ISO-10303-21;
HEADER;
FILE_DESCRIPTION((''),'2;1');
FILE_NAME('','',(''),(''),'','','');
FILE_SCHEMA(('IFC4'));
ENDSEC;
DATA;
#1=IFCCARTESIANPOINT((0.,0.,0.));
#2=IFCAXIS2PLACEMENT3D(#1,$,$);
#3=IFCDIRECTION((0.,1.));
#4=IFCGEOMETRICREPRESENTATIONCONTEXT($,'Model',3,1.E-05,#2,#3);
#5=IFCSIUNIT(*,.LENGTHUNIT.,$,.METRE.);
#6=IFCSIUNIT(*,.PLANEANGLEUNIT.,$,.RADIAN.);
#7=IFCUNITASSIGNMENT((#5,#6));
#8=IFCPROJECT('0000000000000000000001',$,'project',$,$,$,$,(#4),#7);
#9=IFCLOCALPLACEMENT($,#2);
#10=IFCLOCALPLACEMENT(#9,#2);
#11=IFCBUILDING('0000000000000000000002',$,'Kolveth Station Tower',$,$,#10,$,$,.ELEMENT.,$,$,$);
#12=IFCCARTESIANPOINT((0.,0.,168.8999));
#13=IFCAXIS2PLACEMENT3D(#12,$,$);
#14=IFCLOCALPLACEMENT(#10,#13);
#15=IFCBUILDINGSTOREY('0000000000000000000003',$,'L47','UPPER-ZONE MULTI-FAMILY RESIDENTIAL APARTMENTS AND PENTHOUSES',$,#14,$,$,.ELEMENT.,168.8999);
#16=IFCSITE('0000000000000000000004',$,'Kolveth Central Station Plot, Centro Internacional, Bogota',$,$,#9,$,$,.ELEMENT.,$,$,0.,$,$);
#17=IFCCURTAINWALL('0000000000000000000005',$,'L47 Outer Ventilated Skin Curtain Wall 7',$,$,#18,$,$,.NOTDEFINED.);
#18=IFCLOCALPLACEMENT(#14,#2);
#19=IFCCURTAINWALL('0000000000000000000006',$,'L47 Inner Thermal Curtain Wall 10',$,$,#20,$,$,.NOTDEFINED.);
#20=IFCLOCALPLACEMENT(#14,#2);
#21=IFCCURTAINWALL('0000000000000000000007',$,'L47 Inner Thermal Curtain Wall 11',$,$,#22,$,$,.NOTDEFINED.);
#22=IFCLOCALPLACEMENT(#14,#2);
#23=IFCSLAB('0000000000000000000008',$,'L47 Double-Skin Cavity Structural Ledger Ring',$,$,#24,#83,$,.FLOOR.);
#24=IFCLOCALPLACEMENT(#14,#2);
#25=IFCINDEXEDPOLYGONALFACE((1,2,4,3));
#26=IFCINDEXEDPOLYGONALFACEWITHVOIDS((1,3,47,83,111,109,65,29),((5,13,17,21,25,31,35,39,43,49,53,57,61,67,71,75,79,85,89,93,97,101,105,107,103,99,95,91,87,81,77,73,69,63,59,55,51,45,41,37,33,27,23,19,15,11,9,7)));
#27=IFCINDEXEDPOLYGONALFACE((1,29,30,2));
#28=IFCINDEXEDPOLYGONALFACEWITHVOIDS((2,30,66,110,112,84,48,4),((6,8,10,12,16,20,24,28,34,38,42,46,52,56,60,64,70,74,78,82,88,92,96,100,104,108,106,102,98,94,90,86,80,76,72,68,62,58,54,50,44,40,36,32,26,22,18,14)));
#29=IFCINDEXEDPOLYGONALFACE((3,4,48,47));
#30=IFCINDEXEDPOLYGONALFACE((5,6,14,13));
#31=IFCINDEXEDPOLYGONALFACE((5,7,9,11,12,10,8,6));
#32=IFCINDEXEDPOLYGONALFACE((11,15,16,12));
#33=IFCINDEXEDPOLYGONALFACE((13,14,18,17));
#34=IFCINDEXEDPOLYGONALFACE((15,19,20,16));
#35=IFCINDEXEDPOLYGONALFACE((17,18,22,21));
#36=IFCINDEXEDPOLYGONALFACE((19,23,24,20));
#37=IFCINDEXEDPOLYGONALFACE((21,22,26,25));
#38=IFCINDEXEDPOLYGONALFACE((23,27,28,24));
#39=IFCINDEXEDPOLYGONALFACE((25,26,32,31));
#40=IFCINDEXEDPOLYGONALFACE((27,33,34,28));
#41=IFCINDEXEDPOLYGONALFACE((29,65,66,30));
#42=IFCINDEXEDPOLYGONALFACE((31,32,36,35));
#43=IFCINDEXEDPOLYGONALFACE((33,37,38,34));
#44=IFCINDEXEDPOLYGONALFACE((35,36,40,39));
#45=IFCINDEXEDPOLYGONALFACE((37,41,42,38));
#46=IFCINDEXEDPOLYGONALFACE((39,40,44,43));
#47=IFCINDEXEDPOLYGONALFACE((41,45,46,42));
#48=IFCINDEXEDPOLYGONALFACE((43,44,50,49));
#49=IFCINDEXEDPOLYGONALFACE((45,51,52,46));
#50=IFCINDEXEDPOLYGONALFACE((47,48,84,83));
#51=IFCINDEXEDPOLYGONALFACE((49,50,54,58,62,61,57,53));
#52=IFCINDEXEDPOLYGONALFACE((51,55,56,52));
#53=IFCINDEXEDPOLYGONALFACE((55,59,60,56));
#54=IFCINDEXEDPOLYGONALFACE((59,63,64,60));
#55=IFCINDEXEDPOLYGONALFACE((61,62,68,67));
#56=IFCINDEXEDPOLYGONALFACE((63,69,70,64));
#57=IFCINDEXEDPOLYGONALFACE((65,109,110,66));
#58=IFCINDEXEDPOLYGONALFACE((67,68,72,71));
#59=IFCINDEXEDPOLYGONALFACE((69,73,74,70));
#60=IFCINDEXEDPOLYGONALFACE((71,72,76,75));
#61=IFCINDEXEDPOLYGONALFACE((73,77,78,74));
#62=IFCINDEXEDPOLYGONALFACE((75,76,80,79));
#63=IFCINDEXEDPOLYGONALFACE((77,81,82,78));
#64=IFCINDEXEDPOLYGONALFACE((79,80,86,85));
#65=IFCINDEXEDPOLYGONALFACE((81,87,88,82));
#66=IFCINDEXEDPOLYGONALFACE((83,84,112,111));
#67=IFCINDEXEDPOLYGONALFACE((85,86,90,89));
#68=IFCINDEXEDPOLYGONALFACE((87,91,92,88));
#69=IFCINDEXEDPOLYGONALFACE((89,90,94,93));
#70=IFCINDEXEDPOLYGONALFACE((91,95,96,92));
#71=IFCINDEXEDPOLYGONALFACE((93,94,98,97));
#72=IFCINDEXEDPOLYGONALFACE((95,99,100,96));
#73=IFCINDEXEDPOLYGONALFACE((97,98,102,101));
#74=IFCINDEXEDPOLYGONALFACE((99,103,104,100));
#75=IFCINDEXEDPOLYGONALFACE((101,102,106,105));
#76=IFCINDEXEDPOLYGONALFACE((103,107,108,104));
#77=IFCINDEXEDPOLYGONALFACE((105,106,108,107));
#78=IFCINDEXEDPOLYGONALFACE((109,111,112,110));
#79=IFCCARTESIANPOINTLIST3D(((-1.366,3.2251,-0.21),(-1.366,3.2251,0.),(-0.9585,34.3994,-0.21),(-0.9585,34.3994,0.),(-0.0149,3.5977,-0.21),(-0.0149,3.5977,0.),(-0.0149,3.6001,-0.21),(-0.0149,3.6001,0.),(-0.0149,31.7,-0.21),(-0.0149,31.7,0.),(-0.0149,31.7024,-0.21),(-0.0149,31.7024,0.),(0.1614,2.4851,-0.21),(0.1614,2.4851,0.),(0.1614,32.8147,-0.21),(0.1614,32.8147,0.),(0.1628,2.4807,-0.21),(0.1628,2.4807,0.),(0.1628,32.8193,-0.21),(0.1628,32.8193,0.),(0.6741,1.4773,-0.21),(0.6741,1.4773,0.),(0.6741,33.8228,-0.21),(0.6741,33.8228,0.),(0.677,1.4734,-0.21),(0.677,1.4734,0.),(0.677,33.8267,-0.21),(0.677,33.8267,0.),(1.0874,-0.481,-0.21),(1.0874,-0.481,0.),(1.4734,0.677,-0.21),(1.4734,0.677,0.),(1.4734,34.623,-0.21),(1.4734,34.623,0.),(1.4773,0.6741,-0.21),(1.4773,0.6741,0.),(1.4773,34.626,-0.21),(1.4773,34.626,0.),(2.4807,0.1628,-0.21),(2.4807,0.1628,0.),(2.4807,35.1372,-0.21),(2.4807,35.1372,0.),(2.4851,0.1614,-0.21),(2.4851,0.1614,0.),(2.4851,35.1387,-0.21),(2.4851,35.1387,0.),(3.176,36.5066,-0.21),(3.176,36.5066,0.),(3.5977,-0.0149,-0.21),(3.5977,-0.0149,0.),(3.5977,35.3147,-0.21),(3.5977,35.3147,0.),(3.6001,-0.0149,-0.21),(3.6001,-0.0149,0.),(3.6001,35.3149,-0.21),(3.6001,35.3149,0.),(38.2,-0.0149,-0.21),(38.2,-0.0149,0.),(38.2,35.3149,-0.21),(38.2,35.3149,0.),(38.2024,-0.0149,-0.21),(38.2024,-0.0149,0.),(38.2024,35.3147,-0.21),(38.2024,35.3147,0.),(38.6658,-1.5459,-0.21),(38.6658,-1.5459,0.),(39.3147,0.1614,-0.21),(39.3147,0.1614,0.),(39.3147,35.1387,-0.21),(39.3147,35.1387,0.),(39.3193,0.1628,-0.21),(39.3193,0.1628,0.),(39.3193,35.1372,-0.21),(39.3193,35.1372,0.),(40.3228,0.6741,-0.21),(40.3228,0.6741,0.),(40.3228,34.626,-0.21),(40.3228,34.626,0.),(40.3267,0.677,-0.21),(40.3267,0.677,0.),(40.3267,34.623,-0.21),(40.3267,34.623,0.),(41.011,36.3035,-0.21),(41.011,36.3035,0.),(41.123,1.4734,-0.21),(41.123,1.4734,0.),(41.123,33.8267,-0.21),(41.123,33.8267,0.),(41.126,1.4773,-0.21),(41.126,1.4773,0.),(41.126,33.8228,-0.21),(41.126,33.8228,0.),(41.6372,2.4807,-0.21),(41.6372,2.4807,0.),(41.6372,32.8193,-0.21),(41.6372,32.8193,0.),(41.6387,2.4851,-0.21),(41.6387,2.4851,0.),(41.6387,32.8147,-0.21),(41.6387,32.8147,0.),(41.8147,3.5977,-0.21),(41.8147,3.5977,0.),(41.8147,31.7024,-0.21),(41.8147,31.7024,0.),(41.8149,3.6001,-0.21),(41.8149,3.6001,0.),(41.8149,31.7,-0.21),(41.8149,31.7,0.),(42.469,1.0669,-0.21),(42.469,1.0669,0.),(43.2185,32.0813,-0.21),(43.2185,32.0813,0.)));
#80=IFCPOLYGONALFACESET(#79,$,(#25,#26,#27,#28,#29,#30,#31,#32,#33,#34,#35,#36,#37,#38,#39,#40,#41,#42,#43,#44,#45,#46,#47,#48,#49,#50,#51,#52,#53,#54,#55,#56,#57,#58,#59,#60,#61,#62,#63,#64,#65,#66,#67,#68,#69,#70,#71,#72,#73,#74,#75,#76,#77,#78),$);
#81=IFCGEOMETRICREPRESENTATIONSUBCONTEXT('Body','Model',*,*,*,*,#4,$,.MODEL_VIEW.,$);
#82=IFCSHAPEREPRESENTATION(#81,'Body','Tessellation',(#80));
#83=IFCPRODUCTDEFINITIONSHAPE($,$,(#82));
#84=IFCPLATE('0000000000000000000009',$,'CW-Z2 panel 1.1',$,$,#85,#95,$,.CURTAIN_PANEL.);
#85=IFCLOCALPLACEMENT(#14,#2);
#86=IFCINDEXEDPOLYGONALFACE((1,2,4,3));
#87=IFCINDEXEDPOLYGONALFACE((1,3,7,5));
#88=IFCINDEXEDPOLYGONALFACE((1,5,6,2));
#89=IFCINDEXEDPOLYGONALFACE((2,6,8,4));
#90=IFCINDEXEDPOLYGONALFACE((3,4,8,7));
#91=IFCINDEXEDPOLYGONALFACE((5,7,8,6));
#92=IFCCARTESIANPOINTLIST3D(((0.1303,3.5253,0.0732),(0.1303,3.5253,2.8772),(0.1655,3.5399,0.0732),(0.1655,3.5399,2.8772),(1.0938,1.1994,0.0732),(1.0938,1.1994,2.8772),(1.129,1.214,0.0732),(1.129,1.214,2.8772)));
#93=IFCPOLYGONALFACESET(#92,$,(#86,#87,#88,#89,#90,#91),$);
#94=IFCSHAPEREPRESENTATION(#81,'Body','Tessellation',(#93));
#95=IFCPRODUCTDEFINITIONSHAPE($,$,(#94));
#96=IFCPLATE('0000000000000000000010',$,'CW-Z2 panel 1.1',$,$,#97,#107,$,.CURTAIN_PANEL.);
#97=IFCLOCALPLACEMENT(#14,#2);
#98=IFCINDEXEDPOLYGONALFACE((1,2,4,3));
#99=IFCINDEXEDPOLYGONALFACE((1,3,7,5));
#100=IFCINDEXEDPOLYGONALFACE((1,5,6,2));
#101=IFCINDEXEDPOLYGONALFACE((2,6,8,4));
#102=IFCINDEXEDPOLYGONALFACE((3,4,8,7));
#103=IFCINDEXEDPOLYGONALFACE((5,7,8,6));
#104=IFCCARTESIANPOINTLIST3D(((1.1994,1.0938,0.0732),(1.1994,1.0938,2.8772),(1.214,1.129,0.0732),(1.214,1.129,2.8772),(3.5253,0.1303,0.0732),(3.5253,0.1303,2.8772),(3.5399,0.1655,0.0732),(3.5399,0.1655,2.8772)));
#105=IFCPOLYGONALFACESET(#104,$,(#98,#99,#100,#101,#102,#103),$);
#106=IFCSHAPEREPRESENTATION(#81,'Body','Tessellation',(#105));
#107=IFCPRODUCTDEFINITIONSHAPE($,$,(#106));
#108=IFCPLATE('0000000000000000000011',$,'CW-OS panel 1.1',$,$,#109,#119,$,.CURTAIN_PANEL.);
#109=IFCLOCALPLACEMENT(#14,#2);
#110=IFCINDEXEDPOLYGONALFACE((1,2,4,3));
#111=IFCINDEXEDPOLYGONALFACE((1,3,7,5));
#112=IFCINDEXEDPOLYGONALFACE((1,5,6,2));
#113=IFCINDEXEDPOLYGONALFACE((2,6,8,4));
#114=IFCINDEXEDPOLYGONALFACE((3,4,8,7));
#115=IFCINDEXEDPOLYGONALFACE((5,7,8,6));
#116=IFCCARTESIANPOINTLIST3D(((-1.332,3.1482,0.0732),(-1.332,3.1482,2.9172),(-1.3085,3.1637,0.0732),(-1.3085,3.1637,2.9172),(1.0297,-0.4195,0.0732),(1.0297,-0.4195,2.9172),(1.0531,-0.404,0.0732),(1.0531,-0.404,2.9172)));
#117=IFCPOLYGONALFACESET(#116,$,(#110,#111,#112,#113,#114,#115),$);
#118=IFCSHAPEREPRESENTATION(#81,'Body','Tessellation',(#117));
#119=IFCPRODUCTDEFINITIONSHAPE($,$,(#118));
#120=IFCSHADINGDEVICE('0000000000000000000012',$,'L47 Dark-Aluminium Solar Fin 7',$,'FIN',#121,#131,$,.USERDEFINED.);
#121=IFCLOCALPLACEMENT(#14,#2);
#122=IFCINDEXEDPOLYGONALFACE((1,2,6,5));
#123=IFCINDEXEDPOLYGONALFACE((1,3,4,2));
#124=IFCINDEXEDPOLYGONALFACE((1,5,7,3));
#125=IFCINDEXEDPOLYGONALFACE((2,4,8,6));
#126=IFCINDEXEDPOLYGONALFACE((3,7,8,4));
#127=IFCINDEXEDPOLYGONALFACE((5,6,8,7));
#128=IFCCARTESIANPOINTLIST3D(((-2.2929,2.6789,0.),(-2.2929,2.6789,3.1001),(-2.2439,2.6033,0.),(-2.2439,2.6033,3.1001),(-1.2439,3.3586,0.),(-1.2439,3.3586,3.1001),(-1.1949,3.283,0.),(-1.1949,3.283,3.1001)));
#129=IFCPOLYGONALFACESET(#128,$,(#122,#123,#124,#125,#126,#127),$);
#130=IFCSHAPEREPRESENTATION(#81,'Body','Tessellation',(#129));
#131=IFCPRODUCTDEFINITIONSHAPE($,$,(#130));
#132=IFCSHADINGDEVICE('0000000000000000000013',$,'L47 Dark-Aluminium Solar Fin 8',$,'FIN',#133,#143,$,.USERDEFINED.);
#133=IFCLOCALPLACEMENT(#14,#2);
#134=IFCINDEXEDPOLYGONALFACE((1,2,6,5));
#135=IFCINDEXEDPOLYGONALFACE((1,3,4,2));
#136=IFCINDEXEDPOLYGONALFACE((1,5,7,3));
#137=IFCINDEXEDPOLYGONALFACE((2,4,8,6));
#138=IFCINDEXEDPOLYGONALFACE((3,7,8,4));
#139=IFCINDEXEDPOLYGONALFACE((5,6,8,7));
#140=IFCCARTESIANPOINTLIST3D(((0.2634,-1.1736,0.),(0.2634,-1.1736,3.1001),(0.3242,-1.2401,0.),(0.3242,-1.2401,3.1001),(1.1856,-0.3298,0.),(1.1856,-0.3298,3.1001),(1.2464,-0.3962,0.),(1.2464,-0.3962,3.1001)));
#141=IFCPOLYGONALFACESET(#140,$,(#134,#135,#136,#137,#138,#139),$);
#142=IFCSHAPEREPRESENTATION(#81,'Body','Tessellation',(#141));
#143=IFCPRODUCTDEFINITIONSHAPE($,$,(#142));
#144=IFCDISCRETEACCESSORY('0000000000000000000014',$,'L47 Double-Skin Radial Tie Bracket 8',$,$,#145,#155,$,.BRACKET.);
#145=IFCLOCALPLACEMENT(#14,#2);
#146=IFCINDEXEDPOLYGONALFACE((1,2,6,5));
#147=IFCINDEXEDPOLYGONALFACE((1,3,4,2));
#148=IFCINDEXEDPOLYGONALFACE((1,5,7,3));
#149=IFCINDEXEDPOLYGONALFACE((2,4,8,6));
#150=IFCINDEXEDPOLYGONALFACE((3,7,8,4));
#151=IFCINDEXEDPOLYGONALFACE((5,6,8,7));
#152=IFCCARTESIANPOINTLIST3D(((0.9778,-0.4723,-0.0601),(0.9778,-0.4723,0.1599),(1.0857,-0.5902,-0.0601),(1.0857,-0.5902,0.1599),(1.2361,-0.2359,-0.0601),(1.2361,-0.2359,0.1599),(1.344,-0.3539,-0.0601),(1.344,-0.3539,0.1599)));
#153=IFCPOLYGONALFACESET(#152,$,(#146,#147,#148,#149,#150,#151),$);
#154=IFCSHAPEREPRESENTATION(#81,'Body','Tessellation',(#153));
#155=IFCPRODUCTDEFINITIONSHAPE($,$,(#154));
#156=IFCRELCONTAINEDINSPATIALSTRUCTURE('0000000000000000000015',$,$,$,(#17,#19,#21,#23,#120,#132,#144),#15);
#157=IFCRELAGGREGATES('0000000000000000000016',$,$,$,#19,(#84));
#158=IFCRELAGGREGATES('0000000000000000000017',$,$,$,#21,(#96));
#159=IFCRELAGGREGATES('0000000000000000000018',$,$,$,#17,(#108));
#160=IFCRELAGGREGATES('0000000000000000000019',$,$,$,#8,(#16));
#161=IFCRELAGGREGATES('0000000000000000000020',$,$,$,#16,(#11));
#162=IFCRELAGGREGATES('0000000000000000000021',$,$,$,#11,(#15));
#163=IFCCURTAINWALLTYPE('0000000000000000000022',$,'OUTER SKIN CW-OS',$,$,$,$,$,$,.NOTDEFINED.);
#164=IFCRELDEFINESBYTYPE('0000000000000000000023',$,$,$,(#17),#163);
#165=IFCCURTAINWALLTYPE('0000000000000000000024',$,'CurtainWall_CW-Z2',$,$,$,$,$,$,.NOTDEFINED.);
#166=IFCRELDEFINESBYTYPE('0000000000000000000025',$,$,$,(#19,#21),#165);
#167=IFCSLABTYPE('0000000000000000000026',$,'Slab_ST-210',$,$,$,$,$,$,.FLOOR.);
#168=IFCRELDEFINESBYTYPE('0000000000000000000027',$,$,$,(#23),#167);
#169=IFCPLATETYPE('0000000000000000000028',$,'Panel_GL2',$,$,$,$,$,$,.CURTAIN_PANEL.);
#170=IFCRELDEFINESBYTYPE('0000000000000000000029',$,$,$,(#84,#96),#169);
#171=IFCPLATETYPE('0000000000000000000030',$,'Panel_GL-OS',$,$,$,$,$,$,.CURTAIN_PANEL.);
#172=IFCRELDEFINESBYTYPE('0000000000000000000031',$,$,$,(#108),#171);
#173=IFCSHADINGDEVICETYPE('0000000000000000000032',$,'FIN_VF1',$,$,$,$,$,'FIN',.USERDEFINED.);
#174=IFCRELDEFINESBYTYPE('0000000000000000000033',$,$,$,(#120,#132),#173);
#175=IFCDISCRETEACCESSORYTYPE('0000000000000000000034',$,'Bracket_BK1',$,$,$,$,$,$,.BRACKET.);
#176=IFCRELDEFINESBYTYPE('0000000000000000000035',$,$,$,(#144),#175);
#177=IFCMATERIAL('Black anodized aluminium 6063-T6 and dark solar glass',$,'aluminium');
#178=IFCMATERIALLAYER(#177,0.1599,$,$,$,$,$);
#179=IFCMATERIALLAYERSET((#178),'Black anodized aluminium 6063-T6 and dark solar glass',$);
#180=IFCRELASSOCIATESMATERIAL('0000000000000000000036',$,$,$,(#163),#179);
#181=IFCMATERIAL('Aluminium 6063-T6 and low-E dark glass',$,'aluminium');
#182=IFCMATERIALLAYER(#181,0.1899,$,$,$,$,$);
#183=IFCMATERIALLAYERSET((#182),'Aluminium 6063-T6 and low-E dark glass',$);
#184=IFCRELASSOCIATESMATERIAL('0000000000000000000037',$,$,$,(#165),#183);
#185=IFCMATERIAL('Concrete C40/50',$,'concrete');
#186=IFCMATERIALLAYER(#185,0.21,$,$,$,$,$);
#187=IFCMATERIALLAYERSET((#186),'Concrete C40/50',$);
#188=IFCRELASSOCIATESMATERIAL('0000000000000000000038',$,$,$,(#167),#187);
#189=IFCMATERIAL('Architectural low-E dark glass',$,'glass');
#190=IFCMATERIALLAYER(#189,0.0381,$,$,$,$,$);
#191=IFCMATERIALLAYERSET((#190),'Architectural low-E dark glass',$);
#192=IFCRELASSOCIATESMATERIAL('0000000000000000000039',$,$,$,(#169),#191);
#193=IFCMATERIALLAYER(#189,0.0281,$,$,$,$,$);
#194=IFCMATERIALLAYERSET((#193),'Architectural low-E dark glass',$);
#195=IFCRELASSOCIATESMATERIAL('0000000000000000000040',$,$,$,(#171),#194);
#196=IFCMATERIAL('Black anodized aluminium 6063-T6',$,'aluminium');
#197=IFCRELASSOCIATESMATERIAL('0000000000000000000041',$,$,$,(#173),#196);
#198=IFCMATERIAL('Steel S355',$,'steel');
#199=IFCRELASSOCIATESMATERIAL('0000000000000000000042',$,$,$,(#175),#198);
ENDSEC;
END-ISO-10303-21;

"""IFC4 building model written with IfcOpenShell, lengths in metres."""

from ifc_helpers import new_model, si_unit, direction, frame, origin, origin_2d, place, context, subcontext, project, spatial, polyline, rectangle, outline, extrude, source, transform, mapped, material, layer, layer_set, type_object, element, aggregate, save


model = new_model("IFC4")

# Units and contexts
model_context = context("Model", 3, precision=1e-05, world=origin(), true_north=direction((0.0, 1.0)))
body_context = subcontext(model_context, "Body", "Model", "MODEL_VIEW")
ifc_project = project(units=[si_unit("LENGTHUNIT", "METRE"), si_unit("PLANEANGLEUNIT", "RADIAN")], contexts=[model_context])

# Site, building, storey
site_placement = place(None, origin())
site = spatial("IfcSite", under=ifc_project, at=site_placement, Name="Kolveth Central Station Plot, Centro Internacional, Bogota", CompositionType="ELEMENT", RefElevation=0.0)
building_placement = place(site_placement, origin())
building = spatial("IfcBuilding", under=site, at=building_placement, Name="Kolveth Station Tower", CompositionType="ELEMENT")
storey_placement = place(building_placement, frame((0.0, 0.0, 168.8999)))
storey = spatial("IfcBuildingStorey", under=building, at=storey_placement, Name="L47", Description="UPPER-ZONE MULTI-FAMILY RESIDENTIAL APARTMENTS AND PENTHOUSES", CompositionType="ELEMENT", Elevation=168.8999)

# Curtain walls
ifc_material_1 = material(Name="Black anodized aluminium 6063-T6 and dark solar glass", Category="aluminium")
ifc_layer_1 = layer(ifc_material_1, 0.1599)
ifc_layer_set_1 = layer_set([ifc_layer_1], Name="Black anodized aluminium 6063-T6 and dark solar glass")
curtain_wall_type_1 = type_object("IfcCurtainWallType", Name="OUTER SKIN CW-OS", PredefinedType="NOTDEFINED", material=ifc_layer_set_1)
curtain_wall_1_placement = place(storey_placement, origin())
curtain_wall_1 = element("IfcCurtainWall", 1, at=curtain_wall_1_placement, inside=storey, type_object=curtain_wall_type_1, Name="L47 Outer Ventilated Skin Curtain Wall 7", PredefinedType="NOTDEFINED")
ifc_material_2 = material(Name="Black anodized aluminium 6063-T6", Category="aluminium")
ifc_material_3 = material(Name="Aluminium 6063-T6 and low-E dark glass", Category="aluminium")
ifc_layer_2 = layer(ifc_material_3, 0.1899)
ifc_layer_set_2 = layer_set([ifc_layer_2], Name="Aluminium 6063-T6 and low-E dark glass")
curtain_wall_type_2 = type_object("IfcCurtainWallType", Name="CurtainWall_CW-Z2", PredefinedType="NOTDEFINED", material=ifc_layer_set_2)
curtain_wall_2_placement = place(storey_placement, origin())
curtain_wall_2 = element("IfcCurtainWall", 2, at=curtain_wall_2_placement, inside=storey, type_object=curtain_wall_type_2, Name="L47 Inner Thermal Curtain Wall 10", PredefinedType="NOTDEFINED")

# Curtain wall
curtain_wall_3_placement = place(storey_placement, origin())
curtain_wall_3 = element("IfcCurtainWall", 3, at=curtain_wall_3_placement, inside=storey, type_object=curtain_wall_type_2, Name="L47 Inner Thermal Curtain Wall 11", PredefinedType="NOTDEFINED")

# Shared definitions
ifc_material_4 = material(Name="Concrete C40/50", Category="concrete")

# Slab
ifc_layer_3 = layer(ifc_material_4, 0.21)
ifc_layer_set_3 = layer_set([ifc_layer_3], Name="Concrete C40/50")
slab_type_1 = type_object("IfcSlabType", Name="Slab_ST-210", PredefinedType="FLOOR", material=ifc_layer_set_3)
slab_1_placement = place(storey_placement, frame((0.0, 0.0, -0.21)))
element("IfcSlab", 4, at=slab_1_placement, inside=storey, type_object=slab_type_1, Name="L47 Double-Skin Cavity Structural Ledger Ring", PredefinedType="FLOOR", context=body_context, shape_type="SweptSolid", body=[
    extrude(outline(polyline([(1.0874, -0.481), (-1.366, 3.2251), (-0.9585, 34.3994), (3.176, 36.5066), (41.011, 36.3035), (43.2185, 32.0813), (42.469, 1.0669), (38.6658, -1.5459), (1.0874, -0.481)]), holes=[polyline([(38.2024, -0.0149), (39.3147, 0.1614), (39.3193, 0.1628), (40.3228, 0.6741), (40.3267, 0.677), (41.123, 1.4734), (41.126, 1.4773), (41.6372, 2.4807), (41.6387, 2.4851), (41.8147, 3.5977), (41.8149, 3.6001), (41.8149, 31.7), (41.8147, 31.7024), (41.6387, 32.8147), (41.6372, 32.8193), (41.126, 33.8228), (41.123, 33.8267), (40.3267, 34.623), (40.3228, 34.626), (39.3193, 35.1372), (39.3147, 35.1387), (38.2024, 35.3147), (38.2, 35.3149), (3.6001, 35.3149), (3.5977, 35.3147), (2.4851, 35.1387), (2.4807, 35.1372), (1.4773, 34.626), (1.4734, 34.623), (0.677, 33.8267), (0.6741, 33.8228), (0.1628, 32.8193), (0.1614, 32.8147), (-0.0149, 31.7024), (-0.0149, 31.7), (-0.0149, 3.6001), (-0.0149, 3.5977), (0.1614, 2.4851), (0.1628, 2.4807), (0.6741, 1.4773), (0.677, 1.4734), (1.4734, 0.677), (1.4773, 0.6741), (2.4807, 0.1628), (2.4851, 0.1614), (3.5977, -0.0149), (3.6001, -0.0149), (38.2, -0.0149), (38.2024, -0.0149)])]), origin(), (0.0, 0.0, 1.0), 0.21),
])

# Plates
ifc_material_5 = material(Name="Architectural low-E dark glass", Category="glass")
ifc_layer_4 = layer(ifc_material_5, 0.0381)
ifc_layer_set_4 = layer_set([ifc_layer_4], Name="Architectural low-E dark glass")
plate_type_1 = type_object("IfcPlateType", Name="Panel_GL2", PredefinedType="CURTAIN_PANEL", material=ifc_layer_set_4)
shared_shape_1 = source(origin(), body_context, "Body", "SweptSolid", [
    extrude(rectangle(XDim=2.5176, YDim=0.0381, at=origin_2d()), origin(), (0.0, 0.0, 1.0), 2.804),
])
plate_1_placement = place(storey_placement, frame((0.6296, 2.3696, 0.0732), z_axis=(0.0, 0.0, 1.0), x_axis=(0.382698, -0.923874, 0.0)))
plate_1 = element("IfcPlate", 5, at=plate_1_placement, type_object=plate_type_1, Name="CW-Z2 panel 1.1", PredefinedType="CURTAIN_PANEL", context=body_context, shape_type="MappedRepresentation", body=[
    mapped(shared_shape_1, transform((0.0, 0.0, 0.0), x_axis=(1.0, 0.0, 0.0), y_axis=(0.0, 1.0, 0.0), z_axis=(0.0, 0.0, 1.0), scale=1.0)),
])
aggregate(curtain_wall_2, [plate_1])
plate_2_placement = place(storey_placement, frame((2.3696, 0.6296, 0.0732), z_axis=(0.0, 0.0, 1.0), x_axis=(0.923874, -0.382698, 0.0)))
plate_2 = element("IfcPlate", 6, at=plate_2_placement, type_object=plate_type_1, Name="CW-Z2 panel 1.1", PredefinedType="CURTAIN_PANEL", context=body_context, shape_type="MappedRepresentation", body=[
    mapped(shared_shape_1, transform((0.0, 0.0, 0.0), x_axis=(1.0, 0.0, 0.0), y_axis=(0.0, 1.0, 0.0), z_axis=(0.0, 0.0, 1.0), scale=1.0)),
])
aggregate(curtain_wall_3, [plate_2])
ifc_layer_5 = layer(ifc_material_5, 0.0281)
ifc_layer_set_5 = layer_set([ifc_layer_5], Name="Architectural low-E dark glass")
plate_type_2 = type_object("IfcPlateType", Name="Panel_GL-OS", PredefinedType="CURTAIN_PANEL", material=ifc_layer_set_5)
shared_shape_2 = source(origin(), body_context, "Body", "SweptSolid", [
    extrude(rectangle(XDim=4.2786, YDim=0.0281, at=origin_2d()), origin(), (0.0, 0.0, 1.0), 2.844),
])
plate_3_placement = place(storey_placement, frame((-0.1394, 1.3721, 0.0732), z_axis=(0.0, 0.0, 1.0), x_axis=(0.551982, -0.833856, 0.0)))
plate_3 = element("IfcPlate", 7, at=plate_3_placement, type_object=plate_type_2, Name="CW-OS panel 1.1", PredefinedType="CURTAIN_PANEL", context=body_context, shape_type="MappedRepresentation", body=[
    mapped(shared_shape_2, transform((0.0, 0.0, 0.0), x_axis=(1.0, 0.0, 0.0), y_axis=(0.0, 1.0, 0.0), z_axis=(0.0, 0.0, 1.0), scale=1.0)),
])
aggregate(curtain_wall_1, [plate_3])

# Shading devices
shading_device_type = type_object("IfcShadingDeviceType", Name="FIN_VF1", ElementType="FIN", PredefinedType="USERDEFINED", material=ifc_material_2)
shared_shape_3 = source(origin(), body_context, "Body", "SweptSolid", [
    extrude(rectangle(XDim=1.25, YDim=0.0901, at=origin_2d()), origin(), (0.0, 0.0, 1.0), 3.1001),
])
for number, where, z_axis, x_axis, name in (
    (8, (-1.7439, 2.981, 0.0), (0.0, 0.0, 1.0), (-0.83924, -0.54376, 0.0), "L47 Dark-Aluminium Solar Fin 7"),
    (9, (0.7549, -0.7849, 0.0), (0.0, 0.0, 1.0), (-0.737749, -0.675075, 0.0), "L47 Dark-Aluminium Solar Fin 8"),
):
    element("IfcShadingDevice", number, at=place(storey_placement, frame(where, z_axis=z_axis, x_axis=x_axis)), inside=storey, type_object=shading_device_type, Name=name, ObjectType="FIN", PredefinedType="USERDEFINED", context=body_context, shape_type="MappedRepresentation", body=[
        mapped(shared_shape_3, transform((0.0, 0.0, 0.0), x_axis=(1.0, 0.0, 0.0), y_axis=(0.0, 1.0, 0.0), z_axis=(0.0, 0.0, 1.0), scale=1.0)),
    ])

# Discrete accessory
ifc_material_6 = material(Name="Steel S355", Category="steel")
discrete_accessory_type = type_object("IfcDiscreteAccessoryType", Name="Bracket_BK1", PredefinedType="BRACKET", material=ifc_material_6)
shared_shape_4 = source(origin(), body_context, "Body", "SweptSolid", [
    extrude(rectangle(XDim=0.3501, YDim=0.1599, at=origin_2d()), origin(), (0.0, 0.0, 1.0), 0.22),
])
discrete_accessory_placement = place(storey_placement, frame((1.1609, -0.4131, -0.0601), z_axis=(0.0, 0.0, 1.0), x_axis=(-0.737749, -0.675075, 0.0)))
element("IfcDiscreteAccessory", 10, at=discrete_accessory_placement, inside=storey, type_object=discrete_accessory_type, Name="L47 Double-Skin Radial Tie Bracket 8", PredefinedType="BRACKET", context=body_context, shape_type="MappedRepresentation", body=[
    mapped(shared_shape_4, transform((0.0, 0.0, 0.0), x_axis=(1.0, 0.0, 0.0), y_axis=(0.0, 1.0, 0.0), z_axis=(0.0, 0.0, 1.0), scale=1.0)),
])

save(model, "model.ifc")
